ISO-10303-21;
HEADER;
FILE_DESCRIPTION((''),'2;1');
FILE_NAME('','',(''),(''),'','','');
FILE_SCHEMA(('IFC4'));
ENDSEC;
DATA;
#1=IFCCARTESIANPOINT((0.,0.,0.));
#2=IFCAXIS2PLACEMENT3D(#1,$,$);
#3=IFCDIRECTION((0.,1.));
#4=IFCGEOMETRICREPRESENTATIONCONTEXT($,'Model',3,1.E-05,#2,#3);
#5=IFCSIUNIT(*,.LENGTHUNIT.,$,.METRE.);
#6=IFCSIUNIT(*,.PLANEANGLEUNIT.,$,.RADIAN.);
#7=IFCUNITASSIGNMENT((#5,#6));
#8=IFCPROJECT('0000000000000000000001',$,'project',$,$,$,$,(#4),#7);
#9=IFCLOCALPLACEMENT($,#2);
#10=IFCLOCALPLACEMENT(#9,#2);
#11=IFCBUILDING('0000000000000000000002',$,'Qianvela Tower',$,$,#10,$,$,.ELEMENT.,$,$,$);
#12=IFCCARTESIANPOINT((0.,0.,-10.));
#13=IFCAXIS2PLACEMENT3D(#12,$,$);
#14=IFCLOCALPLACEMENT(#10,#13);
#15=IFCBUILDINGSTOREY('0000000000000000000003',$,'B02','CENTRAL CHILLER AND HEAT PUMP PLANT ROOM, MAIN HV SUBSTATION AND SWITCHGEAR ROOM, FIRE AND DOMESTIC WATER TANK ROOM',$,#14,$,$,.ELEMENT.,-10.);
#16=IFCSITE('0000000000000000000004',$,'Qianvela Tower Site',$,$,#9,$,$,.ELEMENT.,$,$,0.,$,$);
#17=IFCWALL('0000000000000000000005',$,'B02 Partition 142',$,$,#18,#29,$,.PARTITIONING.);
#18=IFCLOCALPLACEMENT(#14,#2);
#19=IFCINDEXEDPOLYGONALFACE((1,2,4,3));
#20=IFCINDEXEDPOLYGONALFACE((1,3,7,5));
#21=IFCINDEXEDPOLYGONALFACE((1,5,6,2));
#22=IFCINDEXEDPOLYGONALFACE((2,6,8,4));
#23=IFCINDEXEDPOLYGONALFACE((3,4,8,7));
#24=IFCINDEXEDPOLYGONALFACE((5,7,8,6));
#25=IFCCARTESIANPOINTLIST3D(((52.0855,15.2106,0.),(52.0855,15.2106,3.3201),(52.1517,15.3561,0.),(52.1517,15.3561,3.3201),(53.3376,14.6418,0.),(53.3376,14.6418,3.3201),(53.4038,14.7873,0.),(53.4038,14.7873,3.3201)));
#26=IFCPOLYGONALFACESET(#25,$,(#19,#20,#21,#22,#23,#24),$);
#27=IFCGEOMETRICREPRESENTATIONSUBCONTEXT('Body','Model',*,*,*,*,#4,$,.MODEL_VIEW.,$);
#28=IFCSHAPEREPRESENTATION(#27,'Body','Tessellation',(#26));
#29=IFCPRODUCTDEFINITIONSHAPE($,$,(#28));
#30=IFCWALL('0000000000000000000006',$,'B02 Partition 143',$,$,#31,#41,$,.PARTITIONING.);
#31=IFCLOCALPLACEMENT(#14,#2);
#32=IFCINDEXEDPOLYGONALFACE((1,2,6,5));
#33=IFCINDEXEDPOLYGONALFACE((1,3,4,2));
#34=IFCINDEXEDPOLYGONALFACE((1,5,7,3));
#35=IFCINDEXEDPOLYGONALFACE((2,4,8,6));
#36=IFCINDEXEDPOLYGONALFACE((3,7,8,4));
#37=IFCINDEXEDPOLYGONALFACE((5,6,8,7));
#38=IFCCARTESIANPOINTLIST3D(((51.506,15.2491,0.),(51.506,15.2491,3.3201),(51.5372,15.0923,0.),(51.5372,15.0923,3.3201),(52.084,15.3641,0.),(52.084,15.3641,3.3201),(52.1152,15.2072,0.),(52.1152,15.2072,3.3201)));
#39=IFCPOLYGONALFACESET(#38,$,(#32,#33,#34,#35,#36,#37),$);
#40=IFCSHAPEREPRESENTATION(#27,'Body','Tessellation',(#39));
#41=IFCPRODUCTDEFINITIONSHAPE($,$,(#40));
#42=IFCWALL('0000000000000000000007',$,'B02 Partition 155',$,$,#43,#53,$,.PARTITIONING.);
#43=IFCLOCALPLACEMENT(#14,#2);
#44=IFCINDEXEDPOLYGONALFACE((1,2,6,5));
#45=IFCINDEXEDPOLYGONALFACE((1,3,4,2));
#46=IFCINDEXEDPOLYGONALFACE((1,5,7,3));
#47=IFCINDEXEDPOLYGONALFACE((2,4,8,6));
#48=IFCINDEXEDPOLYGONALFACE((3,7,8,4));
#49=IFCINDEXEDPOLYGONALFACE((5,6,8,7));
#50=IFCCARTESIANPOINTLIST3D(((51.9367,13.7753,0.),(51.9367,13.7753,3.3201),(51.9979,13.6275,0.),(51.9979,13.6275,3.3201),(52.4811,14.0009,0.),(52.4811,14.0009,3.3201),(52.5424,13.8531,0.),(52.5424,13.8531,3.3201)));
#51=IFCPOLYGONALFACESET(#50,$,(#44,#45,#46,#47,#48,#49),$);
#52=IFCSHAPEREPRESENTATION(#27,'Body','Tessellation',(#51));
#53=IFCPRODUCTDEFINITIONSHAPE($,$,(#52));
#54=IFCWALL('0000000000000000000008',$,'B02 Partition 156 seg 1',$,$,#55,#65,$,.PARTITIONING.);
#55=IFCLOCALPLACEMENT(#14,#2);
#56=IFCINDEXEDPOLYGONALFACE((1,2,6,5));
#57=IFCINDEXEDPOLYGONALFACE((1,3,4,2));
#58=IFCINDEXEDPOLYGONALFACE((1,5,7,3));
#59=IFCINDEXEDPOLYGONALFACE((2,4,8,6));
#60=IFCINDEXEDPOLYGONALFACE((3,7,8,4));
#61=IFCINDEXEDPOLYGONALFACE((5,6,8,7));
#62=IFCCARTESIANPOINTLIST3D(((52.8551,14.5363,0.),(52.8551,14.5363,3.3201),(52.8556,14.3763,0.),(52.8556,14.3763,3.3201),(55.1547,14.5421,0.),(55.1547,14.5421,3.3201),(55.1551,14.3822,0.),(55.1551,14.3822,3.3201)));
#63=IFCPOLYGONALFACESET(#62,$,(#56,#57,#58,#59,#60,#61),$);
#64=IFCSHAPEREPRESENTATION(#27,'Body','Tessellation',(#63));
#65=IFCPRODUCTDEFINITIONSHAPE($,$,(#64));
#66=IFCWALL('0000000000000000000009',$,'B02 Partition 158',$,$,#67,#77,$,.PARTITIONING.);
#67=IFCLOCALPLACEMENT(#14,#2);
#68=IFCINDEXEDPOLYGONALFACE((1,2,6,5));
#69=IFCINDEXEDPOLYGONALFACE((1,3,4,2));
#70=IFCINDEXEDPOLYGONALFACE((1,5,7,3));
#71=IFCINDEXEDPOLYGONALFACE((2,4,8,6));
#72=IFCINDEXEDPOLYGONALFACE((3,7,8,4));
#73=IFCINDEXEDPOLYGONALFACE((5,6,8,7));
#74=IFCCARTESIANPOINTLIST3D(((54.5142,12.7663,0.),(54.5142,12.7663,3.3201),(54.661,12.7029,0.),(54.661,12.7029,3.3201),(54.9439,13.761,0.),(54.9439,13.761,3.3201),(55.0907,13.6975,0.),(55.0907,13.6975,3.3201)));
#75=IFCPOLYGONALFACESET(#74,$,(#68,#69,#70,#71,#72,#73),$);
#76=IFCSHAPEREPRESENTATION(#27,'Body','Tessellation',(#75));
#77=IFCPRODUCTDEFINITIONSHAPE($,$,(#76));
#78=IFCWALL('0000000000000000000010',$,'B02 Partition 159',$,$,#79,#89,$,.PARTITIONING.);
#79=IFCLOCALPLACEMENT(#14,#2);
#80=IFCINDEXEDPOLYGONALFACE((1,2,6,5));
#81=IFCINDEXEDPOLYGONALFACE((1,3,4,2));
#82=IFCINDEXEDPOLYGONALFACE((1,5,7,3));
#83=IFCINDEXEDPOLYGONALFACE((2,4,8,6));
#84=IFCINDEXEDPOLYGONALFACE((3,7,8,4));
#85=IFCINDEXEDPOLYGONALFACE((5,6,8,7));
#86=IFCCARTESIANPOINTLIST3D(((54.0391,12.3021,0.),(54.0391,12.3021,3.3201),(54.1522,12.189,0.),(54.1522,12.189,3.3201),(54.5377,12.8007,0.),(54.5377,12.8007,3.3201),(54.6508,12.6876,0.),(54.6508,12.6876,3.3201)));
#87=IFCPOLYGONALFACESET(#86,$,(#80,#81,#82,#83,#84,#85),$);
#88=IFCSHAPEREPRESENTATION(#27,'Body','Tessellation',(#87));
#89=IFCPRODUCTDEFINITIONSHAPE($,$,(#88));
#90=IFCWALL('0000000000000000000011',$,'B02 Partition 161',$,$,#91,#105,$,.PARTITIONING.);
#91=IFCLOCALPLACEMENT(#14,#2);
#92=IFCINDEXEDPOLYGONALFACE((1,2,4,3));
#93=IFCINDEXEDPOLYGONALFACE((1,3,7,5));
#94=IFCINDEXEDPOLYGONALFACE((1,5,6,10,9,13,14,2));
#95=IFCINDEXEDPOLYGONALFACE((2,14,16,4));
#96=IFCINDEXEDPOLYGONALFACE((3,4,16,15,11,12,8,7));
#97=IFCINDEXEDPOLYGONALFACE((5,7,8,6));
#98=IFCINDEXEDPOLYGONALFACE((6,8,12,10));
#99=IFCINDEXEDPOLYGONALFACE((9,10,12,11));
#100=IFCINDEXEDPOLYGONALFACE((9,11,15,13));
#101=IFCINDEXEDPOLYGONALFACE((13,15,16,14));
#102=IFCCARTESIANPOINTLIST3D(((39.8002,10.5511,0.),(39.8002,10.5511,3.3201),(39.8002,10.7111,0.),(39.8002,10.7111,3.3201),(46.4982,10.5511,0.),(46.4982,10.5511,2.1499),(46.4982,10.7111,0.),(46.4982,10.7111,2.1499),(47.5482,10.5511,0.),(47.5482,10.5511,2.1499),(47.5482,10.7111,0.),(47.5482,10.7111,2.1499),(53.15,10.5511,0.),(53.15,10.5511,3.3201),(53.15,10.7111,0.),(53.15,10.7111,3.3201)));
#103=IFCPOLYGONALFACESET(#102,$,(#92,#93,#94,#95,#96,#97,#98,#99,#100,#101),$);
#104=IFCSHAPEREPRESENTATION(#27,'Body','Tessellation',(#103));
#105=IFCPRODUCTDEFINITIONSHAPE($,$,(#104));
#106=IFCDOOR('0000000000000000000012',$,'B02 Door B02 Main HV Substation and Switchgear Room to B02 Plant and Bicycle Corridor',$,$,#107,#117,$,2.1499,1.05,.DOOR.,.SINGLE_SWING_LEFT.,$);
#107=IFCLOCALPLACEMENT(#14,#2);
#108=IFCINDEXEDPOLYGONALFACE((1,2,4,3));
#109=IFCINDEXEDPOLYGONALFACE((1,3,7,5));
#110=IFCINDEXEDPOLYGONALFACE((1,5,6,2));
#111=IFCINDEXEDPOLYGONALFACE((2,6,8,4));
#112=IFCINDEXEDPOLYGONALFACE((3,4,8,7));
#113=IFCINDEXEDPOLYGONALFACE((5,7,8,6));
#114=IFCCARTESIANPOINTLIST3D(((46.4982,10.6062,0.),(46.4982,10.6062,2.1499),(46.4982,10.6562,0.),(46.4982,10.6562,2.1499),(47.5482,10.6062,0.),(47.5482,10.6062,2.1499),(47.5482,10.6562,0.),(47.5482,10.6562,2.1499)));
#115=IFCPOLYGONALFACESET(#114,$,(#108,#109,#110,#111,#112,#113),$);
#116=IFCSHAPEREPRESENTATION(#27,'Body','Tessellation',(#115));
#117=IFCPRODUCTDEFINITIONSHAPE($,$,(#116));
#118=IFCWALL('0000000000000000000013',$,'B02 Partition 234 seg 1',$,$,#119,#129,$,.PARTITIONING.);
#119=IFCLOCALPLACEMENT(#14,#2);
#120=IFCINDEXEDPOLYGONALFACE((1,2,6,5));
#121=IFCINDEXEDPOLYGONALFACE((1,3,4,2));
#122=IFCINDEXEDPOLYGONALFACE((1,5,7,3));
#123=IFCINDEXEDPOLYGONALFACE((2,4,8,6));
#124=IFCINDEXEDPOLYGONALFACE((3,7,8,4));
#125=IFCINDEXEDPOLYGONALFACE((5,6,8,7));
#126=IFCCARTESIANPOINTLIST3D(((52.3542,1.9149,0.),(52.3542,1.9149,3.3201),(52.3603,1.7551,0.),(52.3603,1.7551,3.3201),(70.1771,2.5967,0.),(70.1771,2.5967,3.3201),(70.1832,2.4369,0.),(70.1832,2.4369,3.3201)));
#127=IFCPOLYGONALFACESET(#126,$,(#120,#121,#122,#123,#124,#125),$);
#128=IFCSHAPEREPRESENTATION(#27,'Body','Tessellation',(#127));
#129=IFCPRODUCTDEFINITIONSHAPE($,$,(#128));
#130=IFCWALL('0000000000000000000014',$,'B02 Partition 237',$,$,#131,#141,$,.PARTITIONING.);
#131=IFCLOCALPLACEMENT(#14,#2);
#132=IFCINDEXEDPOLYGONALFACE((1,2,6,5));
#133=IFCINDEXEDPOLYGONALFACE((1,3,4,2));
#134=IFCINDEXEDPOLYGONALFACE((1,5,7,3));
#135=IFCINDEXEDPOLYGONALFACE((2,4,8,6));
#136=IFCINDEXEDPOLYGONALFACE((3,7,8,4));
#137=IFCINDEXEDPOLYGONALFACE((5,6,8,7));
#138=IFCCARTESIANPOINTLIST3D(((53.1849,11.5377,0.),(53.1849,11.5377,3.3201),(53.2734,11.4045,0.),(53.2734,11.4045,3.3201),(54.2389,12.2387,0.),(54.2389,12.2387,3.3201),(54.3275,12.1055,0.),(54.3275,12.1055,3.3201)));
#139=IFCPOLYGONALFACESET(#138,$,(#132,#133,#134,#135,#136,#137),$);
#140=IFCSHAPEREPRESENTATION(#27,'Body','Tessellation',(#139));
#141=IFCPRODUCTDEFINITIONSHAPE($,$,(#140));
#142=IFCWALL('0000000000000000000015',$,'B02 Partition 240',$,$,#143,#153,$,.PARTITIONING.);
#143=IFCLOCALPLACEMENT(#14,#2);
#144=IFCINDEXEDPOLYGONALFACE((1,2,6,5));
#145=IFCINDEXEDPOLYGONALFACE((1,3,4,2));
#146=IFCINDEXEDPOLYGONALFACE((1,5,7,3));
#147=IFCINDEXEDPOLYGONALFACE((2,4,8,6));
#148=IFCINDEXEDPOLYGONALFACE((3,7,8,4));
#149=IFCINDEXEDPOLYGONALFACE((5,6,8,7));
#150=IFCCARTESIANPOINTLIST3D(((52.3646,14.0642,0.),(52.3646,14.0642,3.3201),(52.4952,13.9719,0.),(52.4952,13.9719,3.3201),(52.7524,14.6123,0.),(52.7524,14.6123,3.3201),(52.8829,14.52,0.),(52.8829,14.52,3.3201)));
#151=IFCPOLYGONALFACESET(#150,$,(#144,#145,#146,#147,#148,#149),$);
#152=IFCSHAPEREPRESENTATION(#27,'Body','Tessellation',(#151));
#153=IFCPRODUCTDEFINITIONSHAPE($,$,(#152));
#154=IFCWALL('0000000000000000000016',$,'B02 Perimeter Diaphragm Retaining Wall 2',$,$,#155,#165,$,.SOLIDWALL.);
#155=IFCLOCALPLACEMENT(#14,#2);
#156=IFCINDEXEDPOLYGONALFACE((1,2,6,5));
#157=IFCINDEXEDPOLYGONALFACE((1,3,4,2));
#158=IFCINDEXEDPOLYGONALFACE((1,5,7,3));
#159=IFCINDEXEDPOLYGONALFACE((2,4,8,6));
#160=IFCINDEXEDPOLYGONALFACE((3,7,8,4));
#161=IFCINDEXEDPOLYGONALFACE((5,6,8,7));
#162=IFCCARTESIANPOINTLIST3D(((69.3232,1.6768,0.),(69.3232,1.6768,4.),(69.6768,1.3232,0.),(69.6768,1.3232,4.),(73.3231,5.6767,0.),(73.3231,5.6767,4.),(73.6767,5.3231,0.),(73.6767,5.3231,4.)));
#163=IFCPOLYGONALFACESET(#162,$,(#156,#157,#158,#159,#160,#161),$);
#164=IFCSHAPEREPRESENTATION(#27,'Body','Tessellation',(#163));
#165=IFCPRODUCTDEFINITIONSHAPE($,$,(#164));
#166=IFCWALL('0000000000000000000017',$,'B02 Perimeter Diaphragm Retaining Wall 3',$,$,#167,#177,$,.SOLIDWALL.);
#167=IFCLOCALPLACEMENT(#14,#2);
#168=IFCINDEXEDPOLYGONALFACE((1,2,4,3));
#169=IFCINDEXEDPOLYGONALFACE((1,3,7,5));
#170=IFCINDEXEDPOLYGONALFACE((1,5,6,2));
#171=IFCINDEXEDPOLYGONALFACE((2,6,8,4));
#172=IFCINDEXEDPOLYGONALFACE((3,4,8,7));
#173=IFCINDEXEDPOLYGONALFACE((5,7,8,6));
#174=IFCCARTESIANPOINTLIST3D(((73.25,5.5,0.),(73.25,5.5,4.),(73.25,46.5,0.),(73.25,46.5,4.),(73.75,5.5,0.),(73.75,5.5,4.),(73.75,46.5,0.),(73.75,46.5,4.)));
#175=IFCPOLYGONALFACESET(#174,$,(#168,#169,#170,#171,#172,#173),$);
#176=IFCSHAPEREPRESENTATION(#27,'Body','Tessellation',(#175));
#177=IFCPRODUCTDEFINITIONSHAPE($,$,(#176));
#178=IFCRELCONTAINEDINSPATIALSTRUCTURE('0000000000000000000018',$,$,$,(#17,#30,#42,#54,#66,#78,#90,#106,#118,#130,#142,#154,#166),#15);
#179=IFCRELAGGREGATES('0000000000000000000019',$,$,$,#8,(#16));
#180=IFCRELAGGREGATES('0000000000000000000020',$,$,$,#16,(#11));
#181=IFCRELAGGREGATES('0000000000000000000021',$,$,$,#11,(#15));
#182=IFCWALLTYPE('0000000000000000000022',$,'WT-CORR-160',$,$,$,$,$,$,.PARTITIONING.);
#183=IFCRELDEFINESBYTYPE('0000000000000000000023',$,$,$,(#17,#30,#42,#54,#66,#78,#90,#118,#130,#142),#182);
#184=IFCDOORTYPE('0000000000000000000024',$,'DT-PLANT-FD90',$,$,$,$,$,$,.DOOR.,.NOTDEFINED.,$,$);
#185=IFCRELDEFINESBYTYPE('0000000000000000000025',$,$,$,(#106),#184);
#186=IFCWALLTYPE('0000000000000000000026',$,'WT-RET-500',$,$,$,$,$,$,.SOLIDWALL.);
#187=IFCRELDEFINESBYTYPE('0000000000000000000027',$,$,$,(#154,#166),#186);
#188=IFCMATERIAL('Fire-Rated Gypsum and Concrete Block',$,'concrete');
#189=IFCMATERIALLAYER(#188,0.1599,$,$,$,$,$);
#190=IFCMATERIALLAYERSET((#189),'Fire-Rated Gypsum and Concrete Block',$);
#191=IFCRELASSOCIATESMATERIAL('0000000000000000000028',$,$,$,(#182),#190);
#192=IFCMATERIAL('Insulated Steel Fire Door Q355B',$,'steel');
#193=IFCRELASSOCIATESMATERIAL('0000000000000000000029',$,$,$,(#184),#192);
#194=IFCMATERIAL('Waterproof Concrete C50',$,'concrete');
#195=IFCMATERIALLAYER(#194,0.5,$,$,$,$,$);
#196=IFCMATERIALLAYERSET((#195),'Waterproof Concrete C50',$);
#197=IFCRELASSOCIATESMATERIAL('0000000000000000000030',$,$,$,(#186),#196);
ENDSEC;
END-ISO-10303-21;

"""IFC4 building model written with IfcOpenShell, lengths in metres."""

from ifc_helpers import new_model, si_unit, direction, frame, frame_2d, origin, place, context, subcontext, project, spatial, rectangle, extrude, material, layer, layer_set, type_object, element, fill, save


model = new_model("IFC4")

# Units and contexts
model_context = context("Model", 3, precision=1e-05, world=origin(), true_north=direction((0.0, 1.0)))
body_context = subcontext(model_context, "Body", "Model", "MODEL_VIEW")
ifc_project = project(units=[si_unit("LENGTHUNIT", "METRE"), si_unit("PLANEANGLEUNIT", "RADIAN")], contexts=[model_context])

# Site, building, storey
site_placement = place(None, origin())
site = spatial("IfcSite", under=ifc_project, at=site_placement, Name="Qianvela Tower Site", CompositionType="ELEMENT", RefElevation=0.0)
building_placement = place(site_placement, origin())
building = spatial("IfcBuilding", under=site, at=building_placement, Name="Qianvela Tower", CompositionType="ELEMENT")
storey_placement = place(building_placement, frame((0.0, 0.0, -10.0)))
storey = spatial("IfcBuildingStorey", under=building, at=storey_placement, Name="B02", Description="CENTRAL CHILLER AND HEAT PUMP PLANT ROOM, MAIN HV SUBSTATION AND SWITCHGEAR ROOM, FIRE AND DOMESTIC WATER TANK ROOM", CompositionType="ELEMENT", Elevation=-10.0)

# Walls
ifc_material_1 = material(Name="Fire-Rated Gypsum and Concrete Block", Category="concrete")
ifc_layer_1 = layer(ifc_material_1, 0.1599)
ifc_layer_set_1 = layer_set([ifc_layer_1], Name="Fire-Rated Gypsum and Concrete Block")
wall_type_1 = type_object("IfcWallType", Name="WT-CORR-160", PredefinedType="PARTITIONING", material=ifc_layer_set_1)
wall_1_placement = place(storey_placement, frame((53.3706, 14.7146, 0.0), z_axis=(0.0, 0.0, 1.0), x_axis=(-0.910458, 0.413602, 0.0)))
element("IfcWall", 1, at=wall_1_placement, inside=storey, type_object=wall_type_1, Name="B02 Partition 142", PredefinedType="PARTITIONING", context=body_context, shape_type="SweptSolid", body=[
    extrude(rectangle(XDim=1.3752, YDim=0.1599, at=frame_2d((0.6875, 0.0))), origin(), (0.0, 0.0, 1.0), 3.3201),
])
for number, where, z_axis, x_axis, name in (
    (2, (52.0996, 15.2856, 0.0), (0.0, 0.0, 1.0), (-0.980787, -0.195081, 0.0), "B02 Partition 143"),
    (3, (51.9673, 13.7014, 0.0), (0.0, 0.0, 1.0), (0.923835, 0.382791, 0.0), "B02 Partition 155"),
):
    element("IfcWall", number, at=place(storey_placement, frame(where, z_axis=z_axis, x_axis=x_axis)), inside=storey, type_object=wall_type_1, Name=name, PredefinedType="PARTITIONING", context=body_context, shape_type="SweptSolid", body=[
        extrude(rectangle(XDim=0.5894, YDim=0.1599, at=frame_2d((0.2947, 0.0))), origin(), (0.0, 0.0, 1.0), 3.3201),
    ])
wall_2_placement = place(storey_placement, frame((52.8552, 14.4563, 0.0), z_axis=(0.0, 0.0, 1.0), x_axis=(0.999997, 0.002548, 0.0)))
element("IfcWall", 4, at=wall_2_placement, inside=storey, type_object=wall_type_1, Name="B02 Partition 156 seg 1", PredefinedType="PARTITIONING", context=body_context, shape_type="SweptSolid", body=[
    extrude(rectangle(XDim=2.2996, YDim=0.1599, at=frame_2d((1.1499, 0.0))), origin(), (0.0, 0.0, 1.0), 3.3201),
])
wall_3_placement = place(storey_placement, frame((55.0173, 13.7292, 0.0), z_axis=(0.0, 0.0, 1.0), x_axis=(-0.396583, -0.917999, 0.0)))
element("IfcWall", 5, at=wall_3_placement, inside=storey, type_object=wall_type_1, Name="B02 Partition 158", PredefinedType="PARTITIONING", context=body_context, shape_type="SweptSolid", body=[
    extrude(rectangle(XDim=1.0835, YDim=0.1599, at=frame_2d((0.5417, 0.0))), origin(), (0.0, 0.0, 1.0), 3.3201),
])
wall_4_placement = place(storey_placement, frame((54.5942, 12.7441, 0.0), z_axis=(0.0, 0.0, 1.0), x_axis=(-0.707107, -0.707107, 0.0)))
element("IfcWall", 6, at=wall_4_placement, inside=storey, type_object=wall_type_1, Name="B02 Partition 159", PredefinedType="PARTITIONING", context=body_context, shape_type="SweptSolid", body=[
    extrude(rectangle(XDim=0.7051, YDim=0.1599, at=frame_2d((0.3525, 0.0))), origin(), (0.0, 0.0, 1.0), 3.3201),
])

# Wall, opening, door
wall_5_placement = place(storey_placement, frame((53.1499, 10.6311, 0.0), z_axis=(0.0, 0.0, 1.0), x_axis=(-1.0, 0.0, 0.0)))
wall_5 = element("IfcWall", 7, at=wall_5_placement, inside=storey, type_object=wall_type_1, Name="B02 Partition 161", PredefinedType="PARTITIONING", context=body_context, shape_type="SweptSolid", body=[
    extrude(rectangle(XDim=13.3499, YDim=0.1599, at=frame_2d((6.6748, 0.0))), origin(), (0.0, 0.0, 1.0), 3.3201),
])
opening_placement = place(wall_5_placement, frame((5.6018, 0.0, 0.0)))
opening = element("IfcOpeningElement", 8, at=opening_placement, cuts=wall_5, PredefinedType="OPENING", context=body_context, shape_type="SweptSolid", body=[
    extrude(rectangle(XDim=1.05, YDim=2.1499, at=frame_2d((0.5249, 1.075))), frame((0.0, 0.0898, 0.0), z_axis=(0.0, -1.0, 0.0), x_axis=(1.0, 0.0, 0.0)), (0.0, 0.0, 1.0), 0.1799),
])
ifc_material_2 = material(Name="Insulated Steel Fire Door Q355B", Category="steel")
door_type = type_object("IfcDoorType", Name="DT-PLANT-FD90", OperationType="NOTDEFINED", PredefinedType="DOOR", material=ifc_material_2)
door_placement = place(opening_placement, origin())
door = element("IfcDoor", 9, at=door_placement, inside=storey, type_object=door_type, Name="B02 Door B02 Main HV Substation and Switchgear Room to B02 Plant and Bicycle Corridor", OperationType="SINGLE_SWING_LEFT", OverallHeight=2.1499, OverallWidth=1.05, PredefinedType="DOOR", context=body_context, shape_type="SweptSolid", body=[
    extrude(rectangle(XDim=1.05, YDim=2.1499, at=frame_2d((0.5249, 1.075))), frame((0.0, 0.0249, 0.0), z_axis=(0.0, -1.0, 0.0), x_axis=(1.0, 0.0, 0.0)), (0.0, 0.0, 1.0), 0.05),
])
fill(opening, door)

# Walls
wall_6_placement = place(storey_placement, frame((70.1802, 2.5168, 0.0), z_axis=(0.0, 0.0, 1.0), x_axis=(-0.999269, -0.038231, 0.0)))
element("IfcWall", 10, at=wall_6_placement, inside=storey, type_object=wall_type_1, Name="B02 Partition 234 seg 1", PredefinedType="PARTITIONING", context=body_context, shape_type="SweptSolid", body=[
    extrude(rectangle(XDim=17.8359, YDim=0.1599, at=frame_2d((8.918, 0.0))), origin(), (0.0, 0.0, 1.0), 3.3201),
])
wall_7_placement = place(storey_placement, frame((53.2292, 11.4712, 0.0), z_axis=(0.0, 0.0, 1.0), x_axis=(0.832673, 0.553765, 0.0)))
element("IfcWall", 11, at=wall_7_placement, inside=storey, type_object=wall_type_1, Name="B02 Partition 237", PredefinedType="PARTITIONING", context=body_context, shape_type="SweptSolid", body=[
    extrude(rectangle(XDim=1.2659, YDim=0.1599, at=frame_2d((0.6328, 0.0))), origin(), (0.0, 0.0, 1.0), 3.3201),
])
wall_8_placement = place(storey_placement, frame((52.8176, 14.5662, 0.0), z_axis=(0.0, 0.0, 1.0), x_axis=(-0.577482, -0.816403, 0.0)))
element("IfcWall", 12, at=wall_8_placement, inside=storey, type_object=wall_type_1, Name="B02 Partition 240", PredefinedType="PARTITIONING", context=body_context, shape_type="SweptSolid", body=[
    extrude(rectangle(XDim=0.6714, YDim=0.1599, at=frame_2d((0.3357, 0.0))), origin(), (0.0, 0.0, 1.0), 3.3201),
])
ifc_material_3 = material(Name="Waterproof Concrete C50", Category="concrete")
ifc_layer_2 = layer(ifc_material_3, 0.5)
ifc_layer_set_2 = layer_set([ifc_layer_2], Name="Waterproof Concrete C50")
wall_type_2 = type_object("IfcWallType", Name="WT-RET-500", PredefinedType="SOLIDWALL", material=ifc_layer_set_2)
wall_9_placement = place(storey_placement, frame((69.5, 1.5, 0.0), z_axis=(0.0, 0.0, 1.0), x_axis=(0.707107, 0.707107, 0.0)))
element("IfcWall", 13, at=wall_9_placement, inside=storey, type_object=wall_type_2, Name="B02 Perimeter Diaphragm Retaining Wall 2", PredefinedType="SOLIDWALL", context=body_context, shape_type="SweptSolid", body=[
    extrude(rectangle(XDim=5.6567, YDim=0.5, at=frame_2d((2.8284, 0.0))), origin(), (0.0, 0.0, 1.0), 4.0),
])
wall_10_placement = place(storey_placement, frame((73.5, 5.5, 0.0), z_axis=(0.0, 0.0, 1.0), x_axis=(0.0, 1.0, 0.0)))
element("IfcWall", 14, at=wall_10_placement, inside=storey, type_object=wall_type_2, Name="B02 Perimeter Diaphragm Retaining Wall 3", PredefinedType="SOLIDWALL", context=body_context, shape_type="SweptSolid", body=[
    extrude(rectangle(XDim=41.0, YDim=0.5, at=frame_2d((20.5, 0.0))), origin(), (0.0, 0.0, 1.0), 4.0),
])

save(model, "model.ifc")
